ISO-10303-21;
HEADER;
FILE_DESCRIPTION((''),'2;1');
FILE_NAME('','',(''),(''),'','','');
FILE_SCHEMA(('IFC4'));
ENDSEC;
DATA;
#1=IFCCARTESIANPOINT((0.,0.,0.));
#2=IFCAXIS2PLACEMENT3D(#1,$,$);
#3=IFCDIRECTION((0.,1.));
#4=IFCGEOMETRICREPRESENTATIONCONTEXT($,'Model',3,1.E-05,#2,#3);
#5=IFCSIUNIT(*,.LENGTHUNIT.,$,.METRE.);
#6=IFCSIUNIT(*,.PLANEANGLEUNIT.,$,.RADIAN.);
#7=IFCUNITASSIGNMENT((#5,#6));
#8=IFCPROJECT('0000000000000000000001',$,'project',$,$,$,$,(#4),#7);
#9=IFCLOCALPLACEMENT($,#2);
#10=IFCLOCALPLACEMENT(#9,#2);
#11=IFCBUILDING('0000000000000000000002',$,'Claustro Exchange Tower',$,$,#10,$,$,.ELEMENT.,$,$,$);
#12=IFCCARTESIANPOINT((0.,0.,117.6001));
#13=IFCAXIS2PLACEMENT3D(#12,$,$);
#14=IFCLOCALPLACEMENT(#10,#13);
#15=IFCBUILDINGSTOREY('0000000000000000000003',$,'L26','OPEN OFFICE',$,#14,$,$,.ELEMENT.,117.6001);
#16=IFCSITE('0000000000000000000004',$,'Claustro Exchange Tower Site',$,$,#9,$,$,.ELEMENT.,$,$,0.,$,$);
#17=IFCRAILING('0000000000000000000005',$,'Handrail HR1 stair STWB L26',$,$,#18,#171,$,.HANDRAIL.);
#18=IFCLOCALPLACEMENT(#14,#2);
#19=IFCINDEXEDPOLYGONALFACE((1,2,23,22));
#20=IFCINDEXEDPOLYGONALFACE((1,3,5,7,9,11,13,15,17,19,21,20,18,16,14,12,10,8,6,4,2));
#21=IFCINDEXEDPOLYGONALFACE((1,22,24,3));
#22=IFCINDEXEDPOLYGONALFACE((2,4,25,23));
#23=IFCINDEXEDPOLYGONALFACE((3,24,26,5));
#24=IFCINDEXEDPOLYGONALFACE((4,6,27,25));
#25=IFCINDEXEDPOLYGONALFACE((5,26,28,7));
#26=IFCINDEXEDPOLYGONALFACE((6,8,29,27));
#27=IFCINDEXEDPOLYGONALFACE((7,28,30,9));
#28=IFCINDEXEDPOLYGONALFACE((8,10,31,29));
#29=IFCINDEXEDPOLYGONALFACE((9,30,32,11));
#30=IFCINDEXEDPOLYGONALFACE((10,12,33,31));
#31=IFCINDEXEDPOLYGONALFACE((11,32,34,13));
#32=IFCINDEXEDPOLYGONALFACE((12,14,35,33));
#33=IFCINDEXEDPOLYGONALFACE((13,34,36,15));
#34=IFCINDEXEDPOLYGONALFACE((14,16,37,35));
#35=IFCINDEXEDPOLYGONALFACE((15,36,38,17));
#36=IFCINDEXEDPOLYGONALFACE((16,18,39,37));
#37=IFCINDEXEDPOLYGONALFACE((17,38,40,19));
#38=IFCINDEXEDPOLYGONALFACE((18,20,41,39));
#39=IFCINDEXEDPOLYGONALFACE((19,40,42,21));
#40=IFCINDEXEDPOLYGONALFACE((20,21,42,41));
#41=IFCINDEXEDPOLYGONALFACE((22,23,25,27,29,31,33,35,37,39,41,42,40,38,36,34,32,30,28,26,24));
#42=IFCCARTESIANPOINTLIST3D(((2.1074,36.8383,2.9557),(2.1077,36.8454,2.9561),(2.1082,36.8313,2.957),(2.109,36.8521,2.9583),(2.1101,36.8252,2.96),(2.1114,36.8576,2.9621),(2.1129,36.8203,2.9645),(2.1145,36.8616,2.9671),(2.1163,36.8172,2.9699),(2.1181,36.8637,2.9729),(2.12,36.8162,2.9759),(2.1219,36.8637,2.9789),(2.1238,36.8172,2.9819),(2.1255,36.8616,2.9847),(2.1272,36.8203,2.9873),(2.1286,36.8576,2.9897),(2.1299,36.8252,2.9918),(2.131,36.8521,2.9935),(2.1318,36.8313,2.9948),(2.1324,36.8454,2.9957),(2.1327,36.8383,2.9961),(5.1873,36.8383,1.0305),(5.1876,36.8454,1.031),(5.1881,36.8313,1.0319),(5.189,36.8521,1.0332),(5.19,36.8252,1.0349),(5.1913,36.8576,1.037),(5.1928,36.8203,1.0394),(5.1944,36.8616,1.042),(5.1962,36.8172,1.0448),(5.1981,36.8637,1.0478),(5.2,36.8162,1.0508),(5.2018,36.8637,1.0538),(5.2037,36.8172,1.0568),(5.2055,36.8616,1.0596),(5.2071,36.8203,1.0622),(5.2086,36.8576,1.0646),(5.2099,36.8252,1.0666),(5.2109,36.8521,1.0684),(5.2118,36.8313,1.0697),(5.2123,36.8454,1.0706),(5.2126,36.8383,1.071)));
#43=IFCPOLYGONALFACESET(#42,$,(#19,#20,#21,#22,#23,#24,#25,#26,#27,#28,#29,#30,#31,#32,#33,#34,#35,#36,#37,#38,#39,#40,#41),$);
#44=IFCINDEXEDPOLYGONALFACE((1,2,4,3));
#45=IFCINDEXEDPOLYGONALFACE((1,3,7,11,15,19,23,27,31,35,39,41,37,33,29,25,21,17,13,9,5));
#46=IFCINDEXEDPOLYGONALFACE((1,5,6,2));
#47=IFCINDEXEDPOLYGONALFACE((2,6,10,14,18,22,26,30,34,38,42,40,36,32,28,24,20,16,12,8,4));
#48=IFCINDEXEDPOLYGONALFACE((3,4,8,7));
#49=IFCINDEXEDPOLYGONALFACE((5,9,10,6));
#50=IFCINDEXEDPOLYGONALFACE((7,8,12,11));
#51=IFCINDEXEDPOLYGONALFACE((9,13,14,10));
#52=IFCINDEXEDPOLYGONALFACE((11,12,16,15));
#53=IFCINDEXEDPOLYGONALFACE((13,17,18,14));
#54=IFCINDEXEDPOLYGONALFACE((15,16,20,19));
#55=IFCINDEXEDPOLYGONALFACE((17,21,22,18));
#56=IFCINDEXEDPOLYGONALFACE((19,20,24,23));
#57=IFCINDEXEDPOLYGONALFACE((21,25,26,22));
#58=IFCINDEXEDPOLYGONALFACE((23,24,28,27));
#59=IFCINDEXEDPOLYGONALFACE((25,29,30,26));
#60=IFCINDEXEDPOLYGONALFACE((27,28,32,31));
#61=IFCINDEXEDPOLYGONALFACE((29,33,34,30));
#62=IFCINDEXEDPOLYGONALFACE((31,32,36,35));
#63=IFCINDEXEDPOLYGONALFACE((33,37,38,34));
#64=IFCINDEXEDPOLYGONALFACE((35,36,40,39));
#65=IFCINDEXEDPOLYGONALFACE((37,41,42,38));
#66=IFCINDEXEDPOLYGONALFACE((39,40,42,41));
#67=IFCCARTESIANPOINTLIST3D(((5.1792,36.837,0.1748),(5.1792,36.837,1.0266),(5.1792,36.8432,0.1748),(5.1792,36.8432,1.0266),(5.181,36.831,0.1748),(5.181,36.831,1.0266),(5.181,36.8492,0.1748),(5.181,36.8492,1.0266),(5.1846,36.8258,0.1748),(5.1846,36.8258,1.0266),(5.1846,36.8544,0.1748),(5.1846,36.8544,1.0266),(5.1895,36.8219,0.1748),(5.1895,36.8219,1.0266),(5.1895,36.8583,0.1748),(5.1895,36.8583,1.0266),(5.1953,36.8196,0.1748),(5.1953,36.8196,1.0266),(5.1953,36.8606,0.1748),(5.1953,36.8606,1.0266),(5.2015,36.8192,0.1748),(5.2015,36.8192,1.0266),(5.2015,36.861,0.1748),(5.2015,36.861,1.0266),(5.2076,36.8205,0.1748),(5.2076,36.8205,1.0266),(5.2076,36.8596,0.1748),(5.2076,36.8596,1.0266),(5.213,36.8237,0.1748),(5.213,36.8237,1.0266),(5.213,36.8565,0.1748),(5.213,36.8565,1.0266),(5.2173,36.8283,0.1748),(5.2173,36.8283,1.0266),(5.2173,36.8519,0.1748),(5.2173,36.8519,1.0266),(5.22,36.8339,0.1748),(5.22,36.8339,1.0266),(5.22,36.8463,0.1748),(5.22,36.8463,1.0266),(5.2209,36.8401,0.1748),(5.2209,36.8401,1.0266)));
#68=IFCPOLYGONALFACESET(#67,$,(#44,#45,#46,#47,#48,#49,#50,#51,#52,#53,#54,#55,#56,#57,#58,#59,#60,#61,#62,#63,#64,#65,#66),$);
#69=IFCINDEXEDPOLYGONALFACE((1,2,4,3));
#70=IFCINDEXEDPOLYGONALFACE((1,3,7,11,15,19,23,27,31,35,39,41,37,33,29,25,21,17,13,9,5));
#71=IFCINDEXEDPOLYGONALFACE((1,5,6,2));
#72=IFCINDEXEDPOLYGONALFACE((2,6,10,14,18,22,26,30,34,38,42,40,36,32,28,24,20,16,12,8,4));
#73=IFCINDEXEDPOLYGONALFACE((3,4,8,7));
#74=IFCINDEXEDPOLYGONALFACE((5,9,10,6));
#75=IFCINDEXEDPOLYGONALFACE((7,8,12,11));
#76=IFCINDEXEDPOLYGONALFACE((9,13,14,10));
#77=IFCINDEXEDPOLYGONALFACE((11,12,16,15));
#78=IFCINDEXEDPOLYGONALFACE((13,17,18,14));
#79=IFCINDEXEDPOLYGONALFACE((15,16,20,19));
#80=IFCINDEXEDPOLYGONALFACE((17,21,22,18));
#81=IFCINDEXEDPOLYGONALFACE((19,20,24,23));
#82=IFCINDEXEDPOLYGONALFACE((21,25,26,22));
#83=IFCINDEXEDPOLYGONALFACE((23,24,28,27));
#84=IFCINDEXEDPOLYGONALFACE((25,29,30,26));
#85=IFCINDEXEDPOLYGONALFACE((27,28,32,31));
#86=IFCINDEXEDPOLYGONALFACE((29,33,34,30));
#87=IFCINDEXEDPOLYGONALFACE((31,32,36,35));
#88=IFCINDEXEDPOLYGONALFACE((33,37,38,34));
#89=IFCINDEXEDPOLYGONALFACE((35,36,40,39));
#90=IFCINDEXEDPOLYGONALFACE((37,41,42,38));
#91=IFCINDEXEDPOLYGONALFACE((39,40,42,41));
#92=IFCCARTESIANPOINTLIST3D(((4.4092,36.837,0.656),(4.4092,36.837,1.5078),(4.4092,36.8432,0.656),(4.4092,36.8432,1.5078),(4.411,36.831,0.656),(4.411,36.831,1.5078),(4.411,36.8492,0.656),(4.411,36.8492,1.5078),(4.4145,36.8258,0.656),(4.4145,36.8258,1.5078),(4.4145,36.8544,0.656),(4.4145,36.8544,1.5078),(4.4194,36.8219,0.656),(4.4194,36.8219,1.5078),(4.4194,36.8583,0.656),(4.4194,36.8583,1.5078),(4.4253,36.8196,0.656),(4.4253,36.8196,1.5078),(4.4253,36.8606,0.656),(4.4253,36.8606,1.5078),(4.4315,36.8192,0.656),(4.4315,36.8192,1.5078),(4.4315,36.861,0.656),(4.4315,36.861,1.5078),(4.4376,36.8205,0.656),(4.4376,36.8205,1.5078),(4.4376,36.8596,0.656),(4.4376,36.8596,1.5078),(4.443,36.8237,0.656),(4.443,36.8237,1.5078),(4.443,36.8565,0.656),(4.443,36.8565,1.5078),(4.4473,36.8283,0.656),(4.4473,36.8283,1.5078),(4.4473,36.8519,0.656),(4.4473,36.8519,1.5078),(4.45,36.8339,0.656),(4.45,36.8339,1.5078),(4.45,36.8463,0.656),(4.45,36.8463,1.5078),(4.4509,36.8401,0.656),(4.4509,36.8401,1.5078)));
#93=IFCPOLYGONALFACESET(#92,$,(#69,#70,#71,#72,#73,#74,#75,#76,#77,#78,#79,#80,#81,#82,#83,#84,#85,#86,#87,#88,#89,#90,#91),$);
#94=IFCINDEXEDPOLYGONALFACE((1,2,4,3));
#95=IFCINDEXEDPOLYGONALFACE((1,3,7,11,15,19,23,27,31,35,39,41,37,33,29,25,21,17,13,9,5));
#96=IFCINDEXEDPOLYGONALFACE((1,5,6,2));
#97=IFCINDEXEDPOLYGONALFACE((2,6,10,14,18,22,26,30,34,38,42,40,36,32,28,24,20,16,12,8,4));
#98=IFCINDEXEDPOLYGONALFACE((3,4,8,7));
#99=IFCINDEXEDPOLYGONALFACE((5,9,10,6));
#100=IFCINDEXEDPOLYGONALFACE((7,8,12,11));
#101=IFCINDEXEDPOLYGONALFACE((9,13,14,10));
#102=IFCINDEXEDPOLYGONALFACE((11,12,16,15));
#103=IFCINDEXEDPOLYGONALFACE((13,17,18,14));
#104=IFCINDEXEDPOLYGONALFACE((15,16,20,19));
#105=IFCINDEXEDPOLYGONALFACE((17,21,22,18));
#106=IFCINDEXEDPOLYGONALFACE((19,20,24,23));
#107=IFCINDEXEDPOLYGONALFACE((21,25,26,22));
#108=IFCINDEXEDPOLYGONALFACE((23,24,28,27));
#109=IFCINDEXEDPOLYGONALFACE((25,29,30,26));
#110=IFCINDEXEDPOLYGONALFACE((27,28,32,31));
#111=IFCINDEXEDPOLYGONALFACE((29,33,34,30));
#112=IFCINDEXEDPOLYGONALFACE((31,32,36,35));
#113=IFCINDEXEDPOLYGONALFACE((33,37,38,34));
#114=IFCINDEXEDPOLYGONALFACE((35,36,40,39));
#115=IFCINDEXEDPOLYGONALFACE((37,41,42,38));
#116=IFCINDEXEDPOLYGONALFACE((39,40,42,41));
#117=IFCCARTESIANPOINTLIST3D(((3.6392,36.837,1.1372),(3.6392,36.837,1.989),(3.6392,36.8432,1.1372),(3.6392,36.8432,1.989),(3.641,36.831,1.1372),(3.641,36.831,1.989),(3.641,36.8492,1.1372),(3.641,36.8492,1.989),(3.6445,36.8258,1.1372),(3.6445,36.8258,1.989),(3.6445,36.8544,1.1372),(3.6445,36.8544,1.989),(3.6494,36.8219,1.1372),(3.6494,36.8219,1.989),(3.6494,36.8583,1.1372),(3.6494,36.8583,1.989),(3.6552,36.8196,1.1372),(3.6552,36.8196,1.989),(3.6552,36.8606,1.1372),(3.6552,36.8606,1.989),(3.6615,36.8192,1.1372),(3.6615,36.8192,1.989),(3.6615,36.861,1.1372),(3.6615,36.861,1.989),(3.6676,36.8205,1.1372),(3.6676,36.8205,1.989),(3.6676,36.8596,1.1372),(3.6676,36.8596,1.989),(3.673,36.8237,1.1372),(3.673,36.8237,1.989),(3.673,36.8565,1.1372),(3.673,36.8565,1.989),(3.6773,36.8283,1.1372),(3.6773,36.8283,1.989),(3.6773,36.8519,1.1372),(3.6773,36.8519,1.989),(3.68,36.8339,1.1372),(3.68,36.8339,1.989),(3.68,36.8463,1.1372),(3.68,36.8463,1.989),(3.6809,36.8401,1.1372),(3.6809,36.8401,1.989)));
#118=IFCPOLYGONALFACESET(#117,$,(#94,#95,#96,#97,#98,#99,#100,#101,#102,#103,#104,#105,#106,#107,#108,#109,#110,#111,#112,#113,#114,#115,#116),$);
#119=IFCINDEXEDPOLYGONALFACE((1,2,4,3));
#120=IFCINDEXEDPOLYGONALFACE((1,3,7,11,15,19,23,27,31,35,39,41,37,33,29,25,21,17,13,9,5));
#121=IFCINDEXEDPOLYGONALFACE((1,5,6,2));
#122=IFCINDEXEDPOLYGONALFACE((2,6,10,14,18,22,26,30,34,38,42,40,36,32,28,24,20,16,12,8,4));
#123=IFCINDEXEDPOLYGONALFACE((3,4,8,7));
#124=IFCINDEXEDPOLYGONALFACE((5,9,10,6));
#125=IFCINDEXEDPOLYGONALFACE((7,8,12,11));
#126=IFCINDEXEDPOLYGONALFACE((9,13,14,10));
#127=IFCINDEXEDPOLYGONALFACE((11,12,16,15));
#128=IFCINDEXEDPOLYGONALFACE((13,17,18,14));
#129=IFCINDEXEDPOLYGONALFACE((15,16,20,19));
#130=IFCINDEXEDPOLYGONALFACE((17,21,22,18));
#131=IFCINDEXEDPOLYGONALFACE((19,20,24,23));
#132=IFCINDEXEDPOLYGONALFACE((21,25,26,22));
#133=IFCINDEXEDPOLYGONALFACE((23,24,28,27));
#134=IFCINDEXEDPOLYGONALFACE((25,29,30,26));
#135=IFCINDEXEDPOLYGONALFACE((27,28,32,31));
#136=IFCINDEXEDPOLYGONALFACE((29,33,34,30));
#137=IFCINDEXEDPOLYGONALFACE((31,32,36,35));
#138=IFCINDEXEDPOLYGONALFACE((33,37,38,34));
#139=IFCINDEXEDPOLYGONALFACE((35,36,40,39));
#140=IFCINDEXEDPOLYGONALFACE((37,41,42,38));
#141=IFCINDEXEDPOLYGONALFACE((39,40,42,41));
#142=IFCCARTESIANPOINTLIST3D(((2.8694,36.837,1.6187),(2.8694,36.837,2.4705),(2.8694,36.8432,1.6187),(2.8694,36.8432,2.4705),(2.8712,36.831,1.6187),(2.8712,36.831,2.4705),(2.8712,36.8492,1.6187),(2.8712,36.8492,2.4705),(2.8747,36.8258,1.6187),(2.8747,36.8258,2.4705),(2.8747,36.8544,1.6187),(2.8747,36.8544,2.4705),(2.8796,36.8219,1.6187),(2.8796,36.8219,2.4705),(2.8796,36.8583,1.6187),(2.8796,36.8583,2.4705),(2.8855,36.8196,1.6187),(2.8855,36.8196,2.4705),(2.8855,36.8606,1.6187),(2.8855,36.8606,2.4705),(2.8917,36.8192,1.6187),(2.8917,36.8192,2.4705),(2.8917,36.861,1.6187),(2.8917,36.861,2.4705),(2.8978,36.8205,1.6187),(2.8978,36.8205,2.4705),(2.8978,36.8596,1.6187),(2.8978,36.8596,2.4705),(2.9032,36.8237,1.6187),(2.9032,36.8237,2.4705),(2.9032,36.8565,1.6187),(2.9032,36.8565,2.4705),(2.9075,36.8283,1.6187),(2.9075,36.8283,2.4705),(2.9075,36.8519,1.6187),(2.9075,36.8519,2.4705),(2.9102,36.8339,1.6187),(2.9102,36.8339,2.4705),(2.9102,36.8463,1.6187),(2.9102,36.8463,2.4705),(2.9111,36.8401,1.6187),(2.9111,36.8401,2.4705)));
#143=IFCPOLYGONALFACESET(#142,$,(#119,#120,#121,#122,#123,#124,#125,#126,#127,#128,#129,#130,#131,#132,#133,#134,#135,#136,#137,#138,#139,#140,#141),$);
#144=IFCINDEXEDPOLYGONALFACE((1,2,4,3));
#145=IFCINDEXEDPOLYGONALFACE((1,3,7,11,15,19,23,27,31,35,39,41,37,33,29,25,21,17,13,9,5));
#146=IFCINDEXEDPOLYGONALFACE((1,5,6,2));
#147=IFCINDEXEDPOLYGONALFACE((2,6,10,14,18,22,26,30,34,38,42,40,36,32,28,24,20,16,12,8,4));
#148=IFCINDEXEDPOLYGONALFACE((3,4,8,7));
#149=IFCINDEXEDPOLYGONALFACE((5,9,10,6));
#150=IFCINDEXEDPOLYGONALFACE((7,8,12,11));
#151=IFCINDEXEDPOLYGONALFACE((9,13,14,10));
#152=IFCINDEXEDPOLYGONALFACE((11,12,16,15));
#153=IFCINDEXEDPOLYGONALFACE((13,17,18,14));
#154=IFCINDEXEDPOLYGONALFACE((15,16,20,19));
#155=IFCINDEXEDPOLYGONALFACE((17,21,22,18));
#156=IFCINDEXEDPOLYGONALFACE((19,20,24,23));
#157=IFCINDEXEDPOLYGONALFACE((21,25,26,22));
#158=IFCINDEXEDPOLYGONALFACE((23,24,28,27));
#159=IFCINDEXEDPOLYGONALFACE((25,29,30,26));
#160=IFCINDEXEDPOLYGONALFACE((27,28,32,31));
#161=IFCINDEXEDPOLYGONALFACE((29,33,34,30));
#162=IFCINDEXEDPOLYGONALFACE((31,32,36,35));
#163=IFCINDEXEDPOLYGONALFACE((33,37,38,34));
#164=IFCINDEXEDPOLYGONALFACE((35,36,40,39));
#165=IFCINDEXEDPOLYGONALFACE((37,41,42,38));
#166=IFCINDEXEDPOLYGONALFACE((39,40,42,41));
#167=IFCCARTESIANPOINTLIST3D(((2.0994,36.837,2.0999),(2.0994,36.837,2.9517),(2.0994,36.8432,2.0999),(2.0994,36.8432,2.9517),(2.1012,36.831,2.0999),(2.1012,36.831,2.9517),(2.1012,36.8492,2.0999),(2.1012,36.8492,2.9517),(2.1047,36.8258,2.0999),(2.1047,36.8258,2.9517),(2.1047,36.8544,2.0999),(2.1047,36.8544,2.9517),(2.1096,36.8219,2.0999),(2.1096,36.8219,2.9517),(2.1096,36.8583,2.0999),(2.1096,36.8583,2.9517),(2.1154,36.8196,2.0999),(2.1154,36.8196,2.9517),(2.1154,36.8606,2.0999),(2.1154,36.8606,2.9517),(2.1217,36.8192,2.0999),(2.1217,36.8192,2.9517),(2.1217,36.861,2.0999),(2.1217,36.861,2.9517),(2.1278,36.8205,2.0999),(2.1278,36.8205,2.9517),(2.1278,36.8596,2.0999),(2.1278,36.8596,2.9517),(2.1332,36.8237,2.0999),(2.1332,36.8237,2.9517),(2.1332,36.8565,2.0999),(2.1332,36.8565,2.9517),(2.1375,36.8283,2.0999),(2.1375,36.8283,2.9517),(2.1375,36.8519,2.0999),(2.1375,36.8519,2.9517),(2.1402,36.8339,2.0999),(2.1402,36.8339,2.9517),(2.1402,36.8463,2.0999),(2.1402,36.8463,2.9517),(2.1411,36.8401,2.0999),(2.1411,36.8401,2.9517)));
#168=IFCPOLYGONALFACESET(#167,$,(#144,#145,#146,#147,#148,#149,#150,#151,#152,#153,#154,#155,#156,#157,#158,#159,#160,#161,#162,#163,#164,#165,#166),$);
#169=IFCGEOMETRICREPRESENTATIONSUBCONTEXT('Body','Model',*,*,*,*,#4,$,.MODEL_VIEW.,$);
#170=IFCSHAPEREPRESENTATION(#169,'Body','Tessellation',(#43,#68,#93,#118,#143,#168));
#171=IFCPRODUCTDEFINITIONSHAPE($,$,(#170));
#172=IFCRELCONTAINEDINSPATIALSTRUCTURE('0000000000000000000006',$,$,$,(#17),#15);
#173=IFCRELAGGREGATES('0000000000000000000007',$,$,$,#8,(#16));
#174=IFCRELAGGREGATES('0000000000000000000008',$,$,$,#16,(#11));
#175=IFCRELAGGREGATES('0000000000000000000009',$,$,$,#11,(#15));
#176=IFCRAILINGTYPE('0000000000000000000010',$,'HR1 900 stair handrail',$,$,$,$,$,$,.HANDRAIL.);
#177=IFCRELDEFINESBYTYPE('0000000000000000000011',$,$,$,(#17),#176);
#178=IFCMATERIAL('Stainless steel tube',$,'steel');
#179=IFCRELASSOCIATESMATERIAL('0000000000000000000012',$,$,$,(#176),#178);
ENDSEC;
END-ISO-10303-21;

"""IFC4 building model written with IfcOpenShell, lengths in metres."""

from ifc_helpers import new_model, si_unit, direction, frame, origin, origin_2d, place, context, subcontext, project, spatial, circle, extrude, material, type_object, element, save


model = new_model("IFC4")

# Units and contexts
model_context = context("Model", 3, precision=1e-05, world=origin(), true_north=direction((0.0, 1.0)))
body_context = subcontext(model_context, "Body", "Model", "MODEL_VIEW")
ifc_project = project(units=[si_unit("LENGTHUNIT", "METRE"), si_unit("PLANEANGLEUNIT", "RADIAN")], contexts=[model_context])

# Site, building, storey
site_placement = place(None, origin())
site = spatial("IfcSite", under=ifc_project, at=site_placement, Name="Claustro Exchange Tower Site", CompositionType="ELEMENT", RefElevation=0.0)
building_placement = place(site_placement, origin())
building = spatial("IfcBuilding", under=site, at=building_placement, Name="Claustro Exchange Tower", CompositionType="ELEMENT")
storey_placement = place(building_placement, frame((0.0, 0.0, 117.6001)))
storey = spatial("IfcBuildingStorey", under=building, at=storey_placement, Name="L26", Description="OPEN OFFICE", CompositionType="ELEMENT", Elevation=117.6001)

# Railing
ifc_material_1 = material(Name="Stainless steel tube", Category="steel")
railing_type_1 = type_object("IfcRailingType", Name="HR1 900 stair handrail", PredefinedType="HANDRAIL", material=ifc_material_1)
railing_1_placement = place(storey_placement, frame((5.2, 36.8401, 0.1748)))
element("IfcRailing", 1, at=railing_1_placement, inside=storey, type_object=railing_type_1, Name="Handrail HR1 stair STWB L26", PredefinedType="HANDRAIL", context=body_context, shape_type="SweptSolid", body=[
    extrude(circle(Radius=0.0239, at=origin_2d()), frame((0.0, 0.0, 0.876), z_axis=(-0.847979, 0.0, 0.530029), x_axis=(0.0, -1.0, 0.0)), (0.0, 0.0, 1.0), 3.6321),
    extrude(circle(Radius=0.021, at=origin_2d()), origin(), (0.0, 0.0, 1.0), 0.8518),
    extrude(circle(Radius=0.021, at=origin_2d()), frame((-0.77, 0.0, 0.4812)), (0.0, 0.0, 1.0), 0.8518),
    extrude(circle(Radius=0.021, at=origin_2d()), frame((-1.54, 0.0, 0.9624)), (0.0, 0.0, 1.0), 0.8518),
    extrude(circle(Radius=0.021, at=origin_2d()), frame((-2.3098, 0.0, 1.4438)), (0.0, 0.0, 1.0), 0.8518),
    extrude(circle(Radius=0.021, at=origin_2d()), frame((-3.0798, 0.0, 1.925)), (0.0, 0.0, 1.0), 0.8518),
])

save(model, "model.ifc")
